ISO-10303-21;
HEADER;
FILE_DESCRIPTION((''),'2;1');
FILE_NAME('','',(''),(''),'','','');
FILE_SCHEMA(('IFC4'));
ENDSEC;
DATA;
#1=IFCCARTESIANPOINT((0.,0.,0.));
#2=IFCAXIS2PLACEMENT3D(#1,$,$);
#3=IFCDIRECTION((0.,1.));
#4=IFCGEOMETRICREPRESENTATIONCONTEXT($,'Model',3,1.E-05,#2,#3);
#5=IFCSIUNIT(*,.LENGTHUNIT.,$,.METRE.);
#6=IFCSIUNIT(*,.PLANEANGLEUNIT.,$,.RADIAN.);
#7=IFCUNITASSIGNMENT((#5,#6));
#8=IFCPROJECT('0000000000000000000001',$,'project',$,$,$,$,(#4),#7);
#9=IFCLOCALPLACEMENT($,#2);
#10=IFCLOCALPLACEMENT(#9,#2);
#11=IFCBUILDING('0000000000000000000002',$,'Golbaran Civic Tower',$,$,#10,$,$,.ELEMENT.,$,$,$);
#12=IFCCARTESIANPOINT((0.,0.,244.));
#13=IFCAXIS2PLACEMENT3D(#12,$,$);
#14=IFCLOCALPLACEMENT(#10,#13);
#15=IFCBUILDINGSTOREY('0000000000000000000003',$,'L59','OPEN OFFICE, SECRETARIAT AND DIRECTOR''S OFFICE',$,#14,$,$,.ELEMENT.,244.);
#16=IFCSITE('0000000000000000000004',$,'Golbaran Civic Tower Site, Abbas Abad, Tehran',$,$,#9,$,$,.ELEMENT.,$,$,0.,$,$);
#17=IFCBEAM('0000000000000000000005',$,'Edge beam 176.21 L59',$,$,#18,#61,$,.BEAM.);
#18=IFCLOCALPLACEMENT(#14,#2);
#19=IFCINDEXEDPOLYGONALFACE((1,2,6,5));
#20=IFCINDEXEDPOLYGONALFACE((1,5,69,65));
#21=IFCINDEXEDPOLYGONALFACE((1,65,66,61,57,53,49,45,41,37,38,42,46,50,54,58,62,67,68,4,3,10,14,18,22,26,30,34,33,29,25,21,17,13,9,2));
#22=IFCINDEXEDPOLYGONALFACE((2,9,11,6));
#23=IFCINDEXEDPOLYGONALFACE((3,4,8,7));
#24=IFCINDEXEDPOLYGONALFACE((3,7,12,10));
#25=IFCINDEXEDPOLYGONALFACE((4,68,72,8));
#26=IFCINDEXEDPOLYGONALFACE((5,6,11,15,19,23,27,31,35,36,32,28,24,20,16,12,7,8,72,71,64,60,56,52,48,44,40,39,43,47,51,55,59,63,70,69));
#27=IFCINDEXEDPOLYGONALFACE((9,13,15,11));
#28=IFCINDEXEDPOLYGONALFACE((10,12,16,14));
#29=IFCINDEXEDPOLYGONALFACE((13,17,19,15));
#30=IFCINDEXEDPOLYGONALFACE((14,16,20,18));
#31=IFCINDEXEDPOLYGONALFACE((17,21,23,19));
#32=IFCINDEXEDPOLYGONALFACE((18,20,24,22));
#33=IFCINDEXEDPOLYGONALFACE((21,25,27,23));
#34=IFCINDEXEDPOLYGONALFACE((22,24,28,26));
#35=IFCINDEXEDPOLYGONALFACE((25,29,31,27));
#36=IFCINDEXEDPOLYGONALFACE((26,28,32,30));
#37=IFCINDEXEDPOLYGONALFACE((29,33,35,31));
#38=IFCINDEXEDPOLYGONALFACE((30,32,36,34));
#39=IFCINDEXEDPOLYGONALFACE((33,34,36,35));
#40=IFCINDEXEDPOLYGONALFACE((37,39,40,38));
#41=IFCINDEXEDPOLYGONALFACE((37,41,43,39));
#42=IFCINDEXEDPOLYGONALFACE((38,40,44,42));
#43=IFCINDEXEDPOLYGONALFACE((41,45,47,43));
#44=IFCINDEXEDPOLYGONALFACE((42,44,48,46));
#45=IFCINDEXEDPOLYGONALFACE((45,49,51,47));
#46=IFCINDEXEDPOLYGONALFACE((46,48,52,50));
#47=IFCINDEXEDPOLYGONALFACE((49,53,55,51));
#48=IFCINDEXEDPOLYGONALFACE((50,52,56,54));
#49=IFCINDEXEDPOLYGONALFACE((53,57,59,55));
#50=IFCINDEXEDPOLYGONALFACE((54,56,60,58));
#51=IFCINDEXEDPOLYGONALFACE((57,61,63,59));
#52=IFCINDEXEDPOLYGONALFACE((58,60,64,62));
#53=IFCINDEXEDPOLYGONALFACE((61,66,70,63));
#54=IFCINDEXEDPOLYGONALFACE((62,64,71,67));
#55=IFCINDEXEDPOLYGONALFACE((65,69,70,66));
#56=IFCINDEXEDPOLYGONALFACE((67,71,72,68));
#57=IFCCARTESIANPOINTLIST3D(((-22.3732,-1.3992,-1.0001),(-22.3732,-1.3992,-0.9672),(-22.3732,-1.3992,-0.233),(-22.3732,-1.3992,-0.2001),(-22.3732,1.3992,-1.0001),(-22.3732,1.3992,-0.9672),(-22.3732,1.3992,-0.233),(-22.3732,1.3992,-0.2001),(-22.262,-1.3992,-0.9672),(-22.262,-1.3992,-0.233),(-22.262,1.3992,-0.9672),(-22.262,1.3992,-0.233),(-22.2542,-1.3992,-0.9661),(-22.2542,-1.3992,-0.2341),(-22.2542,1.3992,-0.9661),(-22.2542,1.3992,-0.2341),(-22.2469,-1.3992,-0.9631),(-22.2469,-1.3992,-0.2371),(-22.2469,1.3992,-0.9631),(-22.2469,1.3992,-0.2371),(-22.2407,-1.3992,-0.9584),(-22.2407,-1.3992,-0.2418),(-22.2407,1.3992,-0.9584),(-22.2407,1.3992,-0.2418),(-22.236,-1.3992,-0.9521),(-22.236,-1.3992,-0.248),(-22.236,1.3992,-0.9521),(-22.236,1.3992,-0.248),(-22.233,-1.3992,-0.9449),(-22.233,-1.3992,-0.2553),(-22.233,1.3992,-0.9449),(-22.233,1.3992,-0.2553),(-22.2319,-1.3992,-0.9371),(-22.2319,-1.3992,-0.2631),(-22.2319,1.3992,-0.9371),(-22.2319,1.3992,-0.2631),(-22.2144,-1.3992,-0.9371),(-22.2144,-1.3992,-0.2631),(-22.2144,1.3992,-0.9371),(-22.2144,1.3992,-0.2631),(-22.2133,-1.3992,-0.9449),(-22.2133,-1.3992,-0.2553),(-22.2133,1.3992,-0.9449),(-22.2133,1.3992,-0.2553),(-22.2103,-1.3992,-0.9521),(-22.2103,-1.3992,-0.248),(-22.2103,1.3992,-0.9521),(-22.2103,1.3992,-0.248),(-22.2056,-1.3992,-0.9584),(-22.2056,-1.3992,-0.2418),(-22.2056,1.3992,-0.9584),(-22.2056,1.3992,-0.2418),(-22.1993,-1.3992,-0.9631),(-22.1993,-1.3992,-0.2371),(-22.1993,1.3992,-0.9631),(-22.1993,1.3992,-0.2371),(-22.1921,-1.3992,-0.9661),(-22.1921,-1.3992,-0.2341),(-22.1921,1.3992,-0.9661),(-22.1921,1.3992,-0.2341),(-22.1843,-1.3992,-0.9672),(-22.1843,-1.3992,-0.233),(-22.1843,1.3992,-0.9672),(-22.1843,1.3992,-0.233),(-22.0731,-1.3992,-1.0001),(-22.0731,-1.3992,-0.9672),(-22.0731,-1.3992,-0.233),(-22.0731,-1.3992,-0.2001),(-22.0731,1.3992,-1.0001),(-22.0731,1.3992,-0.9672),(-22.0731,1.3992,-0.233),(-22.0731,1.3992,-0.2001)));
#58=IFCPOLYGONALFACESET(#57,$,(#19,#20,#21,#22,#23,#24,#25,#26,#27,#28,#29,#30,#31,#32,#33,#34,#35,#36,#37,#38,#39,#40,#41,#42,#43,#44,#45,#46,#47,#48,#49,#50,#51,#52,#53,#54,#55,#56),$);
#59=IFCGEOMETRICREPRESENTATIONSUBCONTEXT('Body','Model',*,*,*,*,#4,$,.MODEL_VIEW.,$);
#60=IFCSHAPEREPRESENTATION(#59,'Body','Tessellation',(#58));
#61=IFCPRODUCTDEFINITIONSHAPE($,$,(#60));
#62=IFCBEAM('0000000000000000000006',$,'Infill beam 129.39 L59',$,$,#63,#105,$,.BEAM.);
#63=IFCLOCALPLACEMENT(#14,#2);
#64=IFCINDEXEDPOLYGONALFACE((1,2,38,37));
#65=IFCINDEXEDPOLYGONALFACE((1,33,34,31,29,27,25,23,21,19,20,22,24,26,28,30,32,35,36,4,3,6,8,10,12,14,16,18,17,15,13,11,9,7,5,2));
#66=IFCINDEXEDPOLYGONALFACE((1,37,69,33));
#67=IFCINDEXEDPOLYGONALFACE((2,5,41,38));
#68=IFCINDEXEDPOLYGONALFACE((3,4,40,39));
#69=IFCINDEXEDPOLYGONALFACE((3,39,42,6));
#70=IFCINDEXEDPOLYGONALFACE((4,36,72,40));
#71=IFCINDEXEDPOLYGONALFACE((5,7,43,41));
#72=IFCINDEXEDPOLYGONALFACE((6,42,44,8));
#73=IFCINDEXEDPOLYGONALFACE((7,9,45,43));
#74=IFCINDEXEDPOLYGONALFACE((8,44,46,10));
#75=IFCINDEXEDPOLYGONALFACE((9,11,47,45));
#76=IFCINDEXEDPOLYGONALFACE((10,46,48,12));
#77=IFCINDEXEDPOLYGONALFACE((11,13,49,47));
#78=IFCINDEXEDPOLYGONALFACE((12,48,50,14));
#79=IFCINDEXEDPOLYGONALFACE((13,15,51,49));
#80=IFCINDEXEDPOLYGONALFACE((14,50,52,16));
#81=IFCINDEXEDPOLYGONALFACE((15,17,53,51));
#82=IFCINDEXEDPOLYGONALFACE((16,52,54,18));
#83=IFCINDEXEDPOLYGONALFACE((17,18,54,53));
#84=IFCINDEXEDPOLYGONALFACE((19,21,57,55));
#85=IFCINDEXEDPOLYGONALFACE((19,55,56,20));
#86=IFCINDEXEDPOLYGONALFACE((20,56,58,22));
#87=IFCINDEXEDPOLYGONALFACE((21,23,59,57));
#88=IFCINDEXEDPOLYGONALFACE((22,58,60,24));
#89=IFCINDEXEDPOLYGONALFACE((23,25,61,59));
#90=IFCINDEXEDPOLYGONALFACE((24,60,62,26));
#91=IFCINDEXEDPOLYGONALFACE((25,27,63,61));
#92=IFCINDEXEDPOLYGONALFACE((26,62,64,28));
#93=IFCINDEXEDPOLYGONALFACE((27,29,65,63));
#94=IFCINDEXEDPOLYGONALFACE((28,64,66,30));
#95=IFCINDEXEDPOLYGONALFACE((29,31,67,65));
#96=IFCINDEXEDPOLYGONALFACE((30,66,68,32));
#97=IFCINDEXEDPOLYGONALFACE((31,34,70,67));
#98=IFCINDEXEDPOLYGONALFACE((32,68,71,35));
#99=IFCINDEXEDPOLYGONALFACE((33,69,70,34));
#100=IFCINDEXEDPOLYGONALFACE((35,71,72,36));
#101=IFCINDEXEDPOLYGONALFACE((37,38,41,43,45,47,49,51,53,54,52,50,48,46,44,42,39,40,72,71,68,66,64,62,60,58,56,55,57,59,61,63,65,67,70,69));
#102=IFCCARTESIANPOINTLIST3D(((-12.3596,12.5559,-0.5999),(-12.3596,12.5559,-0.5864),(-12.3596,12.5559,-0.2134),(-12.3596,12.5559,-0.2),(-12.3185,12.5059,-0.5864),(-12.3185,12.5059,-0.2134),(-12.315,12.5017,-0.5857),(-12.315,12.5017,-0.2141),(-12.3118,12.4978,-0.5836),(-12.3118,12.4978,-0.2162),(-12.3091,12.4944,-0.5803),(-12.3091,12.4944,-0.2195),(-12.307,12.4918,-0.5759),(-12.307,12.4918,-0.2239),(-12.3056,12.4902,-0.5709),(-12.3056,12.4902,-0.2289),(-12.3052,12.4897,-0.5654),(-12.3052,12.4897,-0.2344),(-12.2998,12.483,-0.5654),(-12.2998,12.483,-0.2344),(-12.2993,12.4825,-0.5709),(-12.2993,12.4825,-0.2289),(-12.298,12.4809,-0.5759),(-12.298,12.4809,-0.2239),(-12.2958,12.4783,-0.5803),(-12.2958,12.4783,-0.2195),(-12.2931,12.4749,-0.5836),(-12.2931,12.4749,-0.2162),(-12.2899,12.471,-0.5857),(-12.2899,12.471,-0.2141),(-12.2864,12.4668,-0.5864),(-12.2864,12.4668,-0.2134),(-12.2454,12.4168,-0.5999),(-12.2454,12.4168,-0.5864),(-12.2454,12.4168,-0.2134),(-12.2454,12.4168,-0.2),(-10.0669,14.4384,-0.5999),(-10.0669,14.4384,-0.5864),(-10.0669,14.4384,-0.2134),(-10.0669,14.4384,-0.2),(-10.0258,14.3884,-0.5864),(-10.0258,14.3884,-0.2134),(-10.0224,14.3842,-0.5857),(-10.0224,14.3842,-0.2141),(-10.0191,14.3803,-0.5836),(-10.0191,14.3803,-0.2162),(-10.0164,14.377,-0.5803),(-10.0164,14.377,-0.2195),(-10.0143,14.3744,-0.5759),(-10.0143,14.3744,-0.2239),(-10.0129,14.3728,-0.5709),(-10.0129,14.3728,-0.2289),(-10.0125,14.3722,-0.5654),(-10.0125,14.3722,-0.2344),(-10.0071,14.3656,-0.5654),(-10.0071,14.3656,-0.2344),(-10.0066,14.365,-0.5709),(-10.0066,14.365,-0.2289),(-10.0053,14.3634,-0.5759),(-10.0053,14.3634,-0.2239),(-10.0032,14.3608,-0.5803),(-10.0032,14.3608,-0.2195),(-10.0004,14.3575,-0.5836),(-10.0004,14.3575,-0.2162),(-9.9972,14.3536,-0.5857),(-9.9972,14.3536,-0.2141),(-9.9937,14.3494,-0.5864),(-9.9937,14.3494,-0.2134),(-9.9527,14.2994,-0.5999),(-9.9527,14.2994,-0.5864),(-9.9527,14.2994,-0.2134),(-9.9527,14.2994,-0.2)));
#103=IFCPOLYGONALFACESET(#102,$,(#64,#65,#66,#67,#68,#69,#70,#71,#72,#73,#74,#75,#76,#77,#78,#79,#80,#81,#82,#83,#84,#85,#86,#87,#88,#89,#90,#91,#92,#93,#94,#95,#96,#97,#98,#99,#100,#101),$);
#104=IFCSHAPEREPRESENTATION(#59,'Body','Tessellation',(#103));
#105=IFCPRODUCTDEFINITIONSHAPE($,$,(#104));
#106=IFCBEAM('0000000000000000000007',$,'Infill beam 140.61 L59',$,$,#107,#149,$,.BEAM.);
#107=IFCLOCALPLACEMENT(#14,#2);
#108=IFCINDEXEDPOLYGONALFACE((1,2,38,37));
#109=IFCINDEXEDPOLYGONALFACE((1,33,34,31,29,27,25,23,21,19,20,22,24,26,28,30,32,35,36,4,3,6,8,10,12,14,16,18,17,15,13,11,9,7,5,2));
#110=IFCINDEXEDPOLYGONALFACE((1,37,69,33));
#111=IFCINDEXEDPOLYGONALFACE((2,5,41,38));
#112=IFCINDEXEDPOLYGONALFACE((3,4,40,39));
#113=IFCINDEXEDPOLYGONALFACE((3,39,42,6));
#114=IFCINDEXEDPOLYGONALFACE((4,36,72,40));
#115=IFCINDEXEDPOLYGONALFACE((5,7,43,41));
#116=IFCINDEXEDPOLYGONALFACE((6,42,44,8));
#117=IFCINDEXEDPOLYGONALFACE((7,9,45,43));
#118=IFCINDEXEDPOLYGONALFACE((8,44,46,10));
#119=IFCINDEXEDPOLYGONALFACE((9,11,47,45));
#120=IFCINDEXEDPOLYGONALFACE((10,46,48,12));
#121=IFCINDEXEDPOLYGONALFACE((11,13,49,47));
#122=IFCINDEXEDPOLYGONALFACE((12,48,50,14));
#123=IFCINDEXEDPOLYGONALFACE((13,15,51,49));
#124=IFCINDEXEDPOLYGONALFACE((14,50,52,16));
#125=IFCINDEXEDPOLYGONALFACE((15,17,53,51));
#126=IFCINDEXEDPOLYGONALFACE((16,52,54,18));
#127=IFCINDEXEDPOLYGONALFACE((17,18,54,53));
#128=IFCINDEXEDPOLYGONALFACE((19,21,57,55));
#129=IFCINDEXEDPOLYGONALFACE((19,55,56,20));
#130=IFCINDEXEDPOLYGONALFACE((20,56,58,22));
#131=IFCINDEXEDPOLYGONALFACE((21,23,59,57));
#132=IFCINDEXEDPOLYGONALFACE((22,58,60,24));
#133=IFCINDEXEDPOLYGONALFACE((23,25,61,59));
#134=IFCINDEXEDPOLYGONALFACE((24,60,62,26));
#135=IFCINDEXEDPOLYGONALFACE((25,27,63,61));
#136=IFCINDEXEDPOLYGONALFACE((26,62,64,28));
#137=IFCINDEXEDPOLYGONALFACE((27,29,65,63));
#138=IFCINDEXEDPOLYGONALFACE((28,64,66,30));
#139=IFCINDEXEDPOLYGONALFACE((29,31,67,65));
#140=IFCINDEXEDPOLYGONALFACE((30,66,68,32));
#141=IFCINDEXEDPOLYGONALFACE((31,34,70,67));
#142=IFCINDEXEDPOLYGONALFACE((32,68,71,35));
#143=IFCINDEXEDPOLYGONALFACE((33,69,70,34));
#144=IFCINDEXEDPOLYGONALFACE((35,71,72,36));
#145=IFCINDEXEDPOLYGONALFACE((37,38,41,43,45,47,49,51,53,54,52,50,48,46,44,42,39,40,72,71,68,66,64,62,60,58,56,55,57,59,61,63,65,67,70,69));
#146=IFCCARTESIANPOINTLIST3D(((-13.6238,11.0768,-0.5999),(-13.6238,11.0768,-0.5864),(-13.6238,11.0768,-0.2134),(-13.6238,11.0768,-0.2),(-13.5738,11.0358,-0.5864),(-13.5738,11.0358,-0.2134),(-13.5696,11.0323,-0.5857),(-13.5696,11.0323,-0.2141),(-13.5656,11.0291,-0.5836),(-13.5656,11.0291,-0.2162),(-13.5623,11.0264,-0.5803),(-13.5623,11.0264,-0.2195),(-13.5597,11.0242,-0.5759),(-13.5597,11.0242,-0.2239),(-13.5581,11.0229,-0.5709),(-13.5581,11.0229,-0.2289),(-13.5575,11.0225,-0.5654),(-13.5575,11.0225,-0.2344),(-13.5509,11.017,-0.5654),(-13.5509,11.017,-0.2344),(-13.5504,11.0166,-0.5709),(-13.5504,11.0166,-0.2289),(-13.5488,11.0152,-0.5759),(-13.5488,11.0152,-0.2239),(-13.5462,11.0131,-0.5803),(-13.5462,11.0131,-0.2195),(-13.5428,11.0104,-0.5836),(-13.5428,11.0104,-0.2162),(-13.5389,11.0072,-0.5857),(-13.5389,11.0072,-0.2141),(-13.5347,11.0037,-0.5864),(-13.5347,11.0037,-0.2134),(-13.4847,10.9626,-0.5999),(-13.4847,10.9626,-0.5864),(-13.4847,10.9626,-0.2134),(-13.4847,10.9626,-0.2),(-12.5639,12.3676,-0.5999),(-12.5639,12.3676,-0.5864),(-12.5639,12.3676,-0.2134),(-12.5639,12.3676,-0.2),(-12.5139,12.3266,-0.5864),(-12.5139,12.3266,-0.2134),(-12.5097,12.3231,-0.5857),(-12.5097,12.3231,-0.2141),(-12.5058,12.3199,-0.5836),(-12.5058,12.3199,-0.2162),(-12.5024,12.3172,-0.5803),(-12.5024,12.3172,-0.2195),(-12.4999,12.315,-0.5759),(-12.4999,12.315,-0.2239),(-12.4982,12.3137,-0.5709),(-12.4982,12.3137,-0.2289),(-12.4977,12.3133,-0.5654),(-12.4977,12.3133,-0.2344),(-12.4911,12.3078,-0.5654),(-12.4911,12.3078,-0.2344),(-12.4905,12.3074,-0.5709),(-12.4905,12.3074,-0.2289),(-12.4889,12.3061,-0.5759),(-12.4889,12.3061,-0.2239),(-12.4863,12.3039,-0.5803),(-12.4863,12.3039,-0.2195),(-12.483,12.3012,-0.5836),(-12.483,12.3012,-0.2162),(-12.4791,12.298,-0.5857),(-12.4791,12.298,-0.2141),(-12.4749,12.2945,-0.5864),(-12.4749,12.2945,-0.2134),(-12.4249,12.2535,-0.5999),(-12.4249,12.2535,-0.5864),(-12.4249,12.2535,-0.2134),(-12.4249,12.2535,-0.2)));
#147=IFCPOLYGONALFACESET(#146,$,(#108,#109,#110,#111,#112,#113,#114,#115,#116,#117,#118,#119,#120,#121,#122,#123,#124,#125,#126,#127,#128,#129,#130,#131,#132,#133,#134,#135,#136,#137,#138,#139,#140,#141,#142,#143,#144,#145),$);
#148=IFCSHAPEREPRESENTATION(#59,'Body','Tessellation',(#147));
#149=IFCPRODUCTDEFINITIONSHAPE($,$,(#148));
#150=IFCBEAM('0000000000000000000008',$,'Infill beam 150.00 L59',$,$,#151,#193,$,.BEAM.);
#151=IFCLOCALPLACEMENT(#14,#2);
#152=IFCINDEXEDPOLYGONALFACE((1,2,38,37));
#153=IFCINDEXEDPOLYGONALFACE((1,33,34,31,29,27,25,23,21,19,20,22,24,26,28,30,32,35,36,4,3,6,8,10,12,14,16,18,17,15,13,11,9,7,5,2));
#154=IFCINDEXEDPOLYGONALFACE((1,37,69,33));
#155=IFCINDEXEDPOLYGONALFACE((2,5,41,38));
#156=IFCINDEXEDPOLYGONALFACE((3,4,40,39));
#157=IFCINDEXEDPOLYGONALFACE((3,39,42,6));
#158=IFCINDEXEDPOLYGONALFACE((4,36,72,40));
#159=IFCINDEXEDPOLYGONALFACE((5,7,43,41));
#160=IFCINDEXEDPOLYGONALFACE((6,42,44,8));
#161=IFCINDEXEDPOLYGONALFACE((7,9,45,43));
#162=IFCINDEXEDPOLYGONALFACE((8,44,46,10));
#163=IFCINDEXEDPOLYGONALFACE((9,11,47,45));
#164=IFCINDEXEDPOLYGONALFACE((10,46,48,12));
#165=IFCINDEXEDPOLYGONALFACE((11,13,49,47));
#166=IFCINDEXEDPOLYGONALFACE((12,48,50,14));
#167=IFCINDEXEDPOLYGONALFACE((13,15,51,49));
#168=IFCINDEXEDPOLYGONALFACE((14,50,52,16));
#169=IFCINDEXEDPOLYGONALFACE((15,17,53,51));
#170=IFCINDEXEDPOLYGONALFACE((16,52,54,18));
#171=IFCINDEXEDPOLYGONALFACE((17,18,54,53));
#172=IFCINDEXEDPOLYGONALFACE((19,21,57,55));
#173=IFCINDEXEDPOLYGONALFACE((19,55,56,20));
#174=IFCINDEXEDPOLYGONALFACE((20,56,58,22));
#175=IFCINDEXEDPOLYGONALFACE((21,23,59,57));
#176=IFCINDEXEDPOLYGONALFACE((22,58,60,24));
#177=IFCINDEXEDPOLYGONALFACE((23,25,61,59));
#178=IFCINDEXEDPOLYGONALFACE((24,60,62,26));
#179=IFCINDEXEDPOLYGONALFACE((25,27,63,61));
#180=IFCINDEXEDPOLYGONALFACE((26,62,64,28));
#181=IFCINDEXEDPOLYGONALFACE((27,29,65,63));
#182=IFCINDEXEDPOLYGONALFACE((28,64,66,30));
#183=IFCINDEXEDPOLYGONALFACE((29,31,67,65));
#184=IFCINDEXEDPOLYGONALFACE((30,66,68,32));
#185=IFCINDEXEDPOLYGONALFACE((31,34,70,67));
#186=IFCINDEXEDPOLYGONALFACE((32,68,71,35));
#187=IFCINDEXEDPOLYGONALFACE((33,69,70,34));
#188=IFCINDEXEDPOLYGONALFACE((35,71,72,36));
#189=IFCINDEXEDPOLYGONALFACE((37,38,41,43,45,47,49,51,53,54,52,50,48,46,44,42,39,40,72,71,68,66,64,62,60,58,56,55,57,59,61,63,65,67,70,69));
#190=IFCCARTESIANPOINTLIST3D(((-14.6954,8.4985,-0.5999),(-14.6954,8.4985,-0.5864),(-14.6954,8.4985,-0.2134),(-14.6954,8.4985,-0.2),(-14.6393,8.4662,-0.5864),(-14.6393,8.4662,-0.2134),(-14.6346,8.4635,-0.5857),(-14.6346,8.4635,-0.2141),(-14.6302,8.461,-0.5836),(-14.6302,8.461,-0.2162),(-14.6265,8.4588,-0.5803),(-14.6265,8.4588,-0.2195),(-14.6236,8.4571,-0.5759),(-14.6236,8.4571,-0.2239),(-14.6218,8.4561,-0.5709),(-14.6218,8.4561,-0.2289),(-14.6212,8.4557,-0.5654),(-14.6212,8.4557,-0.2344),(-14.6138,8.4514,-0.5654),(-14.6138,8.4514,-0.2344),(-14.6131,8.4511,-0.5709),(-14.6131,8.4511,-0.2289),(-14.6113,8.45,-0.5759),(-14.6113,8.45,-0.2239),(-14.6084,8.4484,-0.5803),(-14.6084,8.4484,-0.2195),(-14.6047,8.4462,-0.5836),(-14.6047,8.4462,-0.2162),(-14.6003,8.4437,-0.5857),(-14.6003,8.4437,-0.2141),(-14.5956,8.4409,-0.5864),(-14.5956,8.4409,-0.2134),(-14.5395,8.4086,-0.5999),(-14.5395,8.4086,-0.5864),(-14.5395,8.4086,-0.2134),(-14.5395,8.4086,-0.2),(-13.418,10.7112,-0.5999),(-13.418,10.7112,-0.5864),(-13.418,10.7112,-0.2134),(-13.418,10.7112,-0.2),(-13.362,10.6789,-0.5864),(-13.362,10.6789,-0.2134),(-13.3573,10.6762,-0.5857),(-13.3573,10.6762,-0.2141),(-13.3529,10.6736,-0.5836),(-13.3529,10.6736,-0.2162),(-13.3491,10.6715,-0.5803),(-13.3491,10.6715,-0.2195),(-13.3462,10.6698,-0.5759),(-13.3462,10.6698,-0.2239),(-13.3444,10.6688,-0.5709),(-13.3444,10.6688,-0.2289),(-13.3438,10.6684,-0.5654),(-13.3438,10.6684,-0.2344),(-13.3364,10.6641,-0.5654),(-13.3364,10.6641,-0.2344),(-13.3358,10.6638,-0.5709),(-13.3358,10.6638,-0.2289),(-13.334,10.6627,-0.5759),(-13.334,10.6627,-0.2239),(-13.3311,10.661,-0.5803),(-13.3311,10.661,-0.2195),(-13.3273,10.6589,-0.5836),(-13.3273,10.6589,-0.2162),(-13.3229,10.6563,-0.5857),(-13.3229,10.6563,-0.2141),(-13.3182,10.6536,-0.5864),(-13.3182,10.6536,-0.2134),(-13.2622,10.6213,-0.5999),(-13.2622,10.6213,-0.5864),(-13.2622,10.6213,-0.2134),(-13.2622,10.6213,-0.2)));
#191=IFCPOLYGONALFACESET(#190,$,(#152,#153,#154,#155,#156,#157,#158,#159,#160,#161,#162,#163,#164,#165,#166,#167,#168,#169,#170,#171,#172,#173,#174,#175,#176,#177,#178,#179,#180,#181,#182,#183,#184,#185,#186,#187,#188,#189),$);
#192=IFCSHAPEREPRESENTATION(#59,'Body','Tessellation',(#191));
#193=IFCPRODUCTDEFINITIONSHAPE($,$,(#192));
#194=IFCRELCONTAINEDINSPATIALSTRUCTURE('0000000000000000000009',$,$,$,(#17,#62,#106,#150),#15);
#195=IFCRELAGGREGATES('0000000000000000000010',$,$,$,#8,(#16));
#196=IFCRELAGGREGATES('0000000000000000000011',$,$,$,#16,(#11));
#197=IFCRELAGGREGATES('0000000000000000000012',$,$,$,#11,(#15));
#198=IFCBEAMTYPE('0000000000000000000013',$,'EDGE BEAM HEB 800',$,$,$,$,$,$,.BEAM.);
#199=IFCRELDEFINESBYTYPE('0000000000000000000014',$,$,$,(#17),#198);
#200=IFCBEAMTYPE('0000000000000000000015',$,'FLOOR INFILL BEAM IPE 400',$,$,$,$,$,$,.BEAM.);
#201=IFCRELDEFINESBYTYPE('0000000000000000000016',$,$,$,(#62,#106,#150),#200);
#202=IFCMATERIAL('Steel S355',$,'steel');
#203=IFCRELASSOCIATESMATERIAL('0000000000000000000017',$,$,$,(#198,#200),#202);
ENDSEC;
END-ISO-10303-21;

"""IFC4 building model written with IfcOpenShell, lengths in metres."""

from ifc_helpers import new_model, si_unit, direction, frame, origin, origin_2d, place, context, subcontext, project, spatial, i_section, extrude, material, material_profile, profile_set, type_object, element, save


model = new_model("IFC4")

# Units and contexts
model_context = context("Model", 3, precision=1e-05, world=origin(), true_north=direction((0.0, 1.0)))
body_context = subcontext(model_context, "Body", "Model", "MODEL_VIEW")
ifc_project = project(units=[si_unit("LENGTHUNIT", "METRE"), si_unit("PLANEANGLEUNIT", "RADIAN")], contexts=[model_context])

# Site, building, storey
site_placement = place(None, origin())
site = spatial("IfcSite", under=ifc_project, at=site_placement, Name="Golbaran Civic Tower Site, Abbas Abad, Tehran", CompositionType="ELEMENT", RefElevation=0.0)
building_placement = place(site_placement, origin())
building = spatial("IfcBuilding", under=site, at=building_placement, Name="Golbaran Civic Tower", CompositionType="ELEMENT")
storey_placement = place(building_placement, frame((0.0, 0.0, 244.0)))
storey = spatial("IfcBuildingStorey", under=building, at=storey_placement, Name="L59", Description="OPEN OFFICE, SECRETARIAT AND DIRECTOR'S OFFICE", CompositionType="ELEMENT", Elevation=244.0)

# Beams
ifc_material_1 = material(Name="Steel S355", Category="steel")
ifc_material_profile_1 = material_profile(ifc_material_1, i_section(OverallWidth=0.3, OverallDepth=0.8, WebThickness=0.0176, FlangeThickness=0.033, FilletRadius=0.03, at=origin_2d()), Name="HEB 800")
ifc_profile_set_1 = profile_set([ifc_material_profile_1], Name="Steel S355")
beam_type_1 = type_object("IfcBeamType", Name="EDGE BEAM HEB 800", PredefinedType="BEAM", material=ifc_profile_set_1)
beam_1_placement = place(storey_placement, frame((-22.2231, 1.3992, -0.6001), z_axis=(0.0, -1.0, 0.0), x_axis=(1.0, 0.0, 0.0)))
element("IfcBeam", 1, at=beam_1_placement, inside=storey, type_object=beam_type_1, Name="Edge beam 176.21 L59", PredefinedType="BEAM", context=body_context, shape_type="SweptSolid", body=[
    extrude(i_section(OverallWidth=0.3, OverallDepth=0.8, WebThickness=0.0176, FlangeThickness=0.033, FilletRadius=0.03, at=origin_2d()), origin(), (0.0, 0.0, 1.0), 2.7983),
])
ifc_material_profile_2 = material_profile(ifc_material_1, i_section(OverallWidth=0.1799, OverallDepth=0.3999, WebThickness=0.0085, FlangeThickness=0.0134, FilletRadius=0.021, at=origin_2d()), Name="IPE 400")
ifc_profile_set_2 = profile_set([ifc_material_profile_2], Name="Steel S355")
beam_type_2 = type_object("IfcBeamType", Name="FLOOR INFILL BEAM IPE 400", PredefinedType="BEAM", material=ifc_profile_set_2)
beam_2_placement = place(storey_placement, frame((-10.0098, 14.3689, -0.3999), z_axis=(-0.772849, -0.63459, 0.0), x_axis=(0.63459, -0.772849, 0.0)))
element("IfcBeam", 2, at=beam_2_placement, inside=storey, type_object=beam_type_2, Name="Infill beam 129.39 L59", PredefinedType="BEAM", context=body_context, shape_type="SweptSolid", body=[
    extrude(i_section(OverallWidth=0.1799, OverallDepth=0.3999, WebThickness=0.0085, FlangeThickness=0.0134, FilletRadius=0.021, at=origin_2d()), origin(), (0.0, 0.0, 1.0), 2.9666),
])
beam_3_placement = place(storey_placement, frame((-12.4944, 12.3105, -0.3999), z_axis=(-0.634574, -0.772862, 0.0), x_axis=(0.772862, -0.634574, 0.0)))
element("IfcBeam", 3, at=beam_3_placement, inside=storey, type_object=beam_type_2, Name="Infill beam 140.61 L59", PredefinedType="BEAM", context=body_context, shape_type="SweptSolid", body=[
    extrude(i_section(OverallWidth=0.1799, OverallDepth=0.3999, WebThickness=0.0085, FlangeThickness=0.0134, FilletRadius=0.021, at=origin_2d()), origin(), (0.0, 0.0, 1.0), 1.6702),
])
beam_4_placement = place(storey_placement, frame((-13.3401, 10.6663, -0.3999), z_axis=(-0.499962, -0.866047, 0.0), x_axis=(0.866047, -0.499962, 0.0)))
element("IfcBeam", 4, at=beam_4_placement, inside=storey, type_object=beam_type_2, Name="Infill beam 150.00 L59", PredefinedType="BEAM", context=body_context, shape_type="SweptSolid", body=[
    extrude(i_section(OverallWidth=0.1799, OverallDepth=0.3999, WebThickness=0.0085, FlangeThickness=0.0134, FilletRadius=0.021, at=origin_2d()), origin(), (0.0, 0.0, 1.0), 2.5549),
])

save(model, "model.ifc")
